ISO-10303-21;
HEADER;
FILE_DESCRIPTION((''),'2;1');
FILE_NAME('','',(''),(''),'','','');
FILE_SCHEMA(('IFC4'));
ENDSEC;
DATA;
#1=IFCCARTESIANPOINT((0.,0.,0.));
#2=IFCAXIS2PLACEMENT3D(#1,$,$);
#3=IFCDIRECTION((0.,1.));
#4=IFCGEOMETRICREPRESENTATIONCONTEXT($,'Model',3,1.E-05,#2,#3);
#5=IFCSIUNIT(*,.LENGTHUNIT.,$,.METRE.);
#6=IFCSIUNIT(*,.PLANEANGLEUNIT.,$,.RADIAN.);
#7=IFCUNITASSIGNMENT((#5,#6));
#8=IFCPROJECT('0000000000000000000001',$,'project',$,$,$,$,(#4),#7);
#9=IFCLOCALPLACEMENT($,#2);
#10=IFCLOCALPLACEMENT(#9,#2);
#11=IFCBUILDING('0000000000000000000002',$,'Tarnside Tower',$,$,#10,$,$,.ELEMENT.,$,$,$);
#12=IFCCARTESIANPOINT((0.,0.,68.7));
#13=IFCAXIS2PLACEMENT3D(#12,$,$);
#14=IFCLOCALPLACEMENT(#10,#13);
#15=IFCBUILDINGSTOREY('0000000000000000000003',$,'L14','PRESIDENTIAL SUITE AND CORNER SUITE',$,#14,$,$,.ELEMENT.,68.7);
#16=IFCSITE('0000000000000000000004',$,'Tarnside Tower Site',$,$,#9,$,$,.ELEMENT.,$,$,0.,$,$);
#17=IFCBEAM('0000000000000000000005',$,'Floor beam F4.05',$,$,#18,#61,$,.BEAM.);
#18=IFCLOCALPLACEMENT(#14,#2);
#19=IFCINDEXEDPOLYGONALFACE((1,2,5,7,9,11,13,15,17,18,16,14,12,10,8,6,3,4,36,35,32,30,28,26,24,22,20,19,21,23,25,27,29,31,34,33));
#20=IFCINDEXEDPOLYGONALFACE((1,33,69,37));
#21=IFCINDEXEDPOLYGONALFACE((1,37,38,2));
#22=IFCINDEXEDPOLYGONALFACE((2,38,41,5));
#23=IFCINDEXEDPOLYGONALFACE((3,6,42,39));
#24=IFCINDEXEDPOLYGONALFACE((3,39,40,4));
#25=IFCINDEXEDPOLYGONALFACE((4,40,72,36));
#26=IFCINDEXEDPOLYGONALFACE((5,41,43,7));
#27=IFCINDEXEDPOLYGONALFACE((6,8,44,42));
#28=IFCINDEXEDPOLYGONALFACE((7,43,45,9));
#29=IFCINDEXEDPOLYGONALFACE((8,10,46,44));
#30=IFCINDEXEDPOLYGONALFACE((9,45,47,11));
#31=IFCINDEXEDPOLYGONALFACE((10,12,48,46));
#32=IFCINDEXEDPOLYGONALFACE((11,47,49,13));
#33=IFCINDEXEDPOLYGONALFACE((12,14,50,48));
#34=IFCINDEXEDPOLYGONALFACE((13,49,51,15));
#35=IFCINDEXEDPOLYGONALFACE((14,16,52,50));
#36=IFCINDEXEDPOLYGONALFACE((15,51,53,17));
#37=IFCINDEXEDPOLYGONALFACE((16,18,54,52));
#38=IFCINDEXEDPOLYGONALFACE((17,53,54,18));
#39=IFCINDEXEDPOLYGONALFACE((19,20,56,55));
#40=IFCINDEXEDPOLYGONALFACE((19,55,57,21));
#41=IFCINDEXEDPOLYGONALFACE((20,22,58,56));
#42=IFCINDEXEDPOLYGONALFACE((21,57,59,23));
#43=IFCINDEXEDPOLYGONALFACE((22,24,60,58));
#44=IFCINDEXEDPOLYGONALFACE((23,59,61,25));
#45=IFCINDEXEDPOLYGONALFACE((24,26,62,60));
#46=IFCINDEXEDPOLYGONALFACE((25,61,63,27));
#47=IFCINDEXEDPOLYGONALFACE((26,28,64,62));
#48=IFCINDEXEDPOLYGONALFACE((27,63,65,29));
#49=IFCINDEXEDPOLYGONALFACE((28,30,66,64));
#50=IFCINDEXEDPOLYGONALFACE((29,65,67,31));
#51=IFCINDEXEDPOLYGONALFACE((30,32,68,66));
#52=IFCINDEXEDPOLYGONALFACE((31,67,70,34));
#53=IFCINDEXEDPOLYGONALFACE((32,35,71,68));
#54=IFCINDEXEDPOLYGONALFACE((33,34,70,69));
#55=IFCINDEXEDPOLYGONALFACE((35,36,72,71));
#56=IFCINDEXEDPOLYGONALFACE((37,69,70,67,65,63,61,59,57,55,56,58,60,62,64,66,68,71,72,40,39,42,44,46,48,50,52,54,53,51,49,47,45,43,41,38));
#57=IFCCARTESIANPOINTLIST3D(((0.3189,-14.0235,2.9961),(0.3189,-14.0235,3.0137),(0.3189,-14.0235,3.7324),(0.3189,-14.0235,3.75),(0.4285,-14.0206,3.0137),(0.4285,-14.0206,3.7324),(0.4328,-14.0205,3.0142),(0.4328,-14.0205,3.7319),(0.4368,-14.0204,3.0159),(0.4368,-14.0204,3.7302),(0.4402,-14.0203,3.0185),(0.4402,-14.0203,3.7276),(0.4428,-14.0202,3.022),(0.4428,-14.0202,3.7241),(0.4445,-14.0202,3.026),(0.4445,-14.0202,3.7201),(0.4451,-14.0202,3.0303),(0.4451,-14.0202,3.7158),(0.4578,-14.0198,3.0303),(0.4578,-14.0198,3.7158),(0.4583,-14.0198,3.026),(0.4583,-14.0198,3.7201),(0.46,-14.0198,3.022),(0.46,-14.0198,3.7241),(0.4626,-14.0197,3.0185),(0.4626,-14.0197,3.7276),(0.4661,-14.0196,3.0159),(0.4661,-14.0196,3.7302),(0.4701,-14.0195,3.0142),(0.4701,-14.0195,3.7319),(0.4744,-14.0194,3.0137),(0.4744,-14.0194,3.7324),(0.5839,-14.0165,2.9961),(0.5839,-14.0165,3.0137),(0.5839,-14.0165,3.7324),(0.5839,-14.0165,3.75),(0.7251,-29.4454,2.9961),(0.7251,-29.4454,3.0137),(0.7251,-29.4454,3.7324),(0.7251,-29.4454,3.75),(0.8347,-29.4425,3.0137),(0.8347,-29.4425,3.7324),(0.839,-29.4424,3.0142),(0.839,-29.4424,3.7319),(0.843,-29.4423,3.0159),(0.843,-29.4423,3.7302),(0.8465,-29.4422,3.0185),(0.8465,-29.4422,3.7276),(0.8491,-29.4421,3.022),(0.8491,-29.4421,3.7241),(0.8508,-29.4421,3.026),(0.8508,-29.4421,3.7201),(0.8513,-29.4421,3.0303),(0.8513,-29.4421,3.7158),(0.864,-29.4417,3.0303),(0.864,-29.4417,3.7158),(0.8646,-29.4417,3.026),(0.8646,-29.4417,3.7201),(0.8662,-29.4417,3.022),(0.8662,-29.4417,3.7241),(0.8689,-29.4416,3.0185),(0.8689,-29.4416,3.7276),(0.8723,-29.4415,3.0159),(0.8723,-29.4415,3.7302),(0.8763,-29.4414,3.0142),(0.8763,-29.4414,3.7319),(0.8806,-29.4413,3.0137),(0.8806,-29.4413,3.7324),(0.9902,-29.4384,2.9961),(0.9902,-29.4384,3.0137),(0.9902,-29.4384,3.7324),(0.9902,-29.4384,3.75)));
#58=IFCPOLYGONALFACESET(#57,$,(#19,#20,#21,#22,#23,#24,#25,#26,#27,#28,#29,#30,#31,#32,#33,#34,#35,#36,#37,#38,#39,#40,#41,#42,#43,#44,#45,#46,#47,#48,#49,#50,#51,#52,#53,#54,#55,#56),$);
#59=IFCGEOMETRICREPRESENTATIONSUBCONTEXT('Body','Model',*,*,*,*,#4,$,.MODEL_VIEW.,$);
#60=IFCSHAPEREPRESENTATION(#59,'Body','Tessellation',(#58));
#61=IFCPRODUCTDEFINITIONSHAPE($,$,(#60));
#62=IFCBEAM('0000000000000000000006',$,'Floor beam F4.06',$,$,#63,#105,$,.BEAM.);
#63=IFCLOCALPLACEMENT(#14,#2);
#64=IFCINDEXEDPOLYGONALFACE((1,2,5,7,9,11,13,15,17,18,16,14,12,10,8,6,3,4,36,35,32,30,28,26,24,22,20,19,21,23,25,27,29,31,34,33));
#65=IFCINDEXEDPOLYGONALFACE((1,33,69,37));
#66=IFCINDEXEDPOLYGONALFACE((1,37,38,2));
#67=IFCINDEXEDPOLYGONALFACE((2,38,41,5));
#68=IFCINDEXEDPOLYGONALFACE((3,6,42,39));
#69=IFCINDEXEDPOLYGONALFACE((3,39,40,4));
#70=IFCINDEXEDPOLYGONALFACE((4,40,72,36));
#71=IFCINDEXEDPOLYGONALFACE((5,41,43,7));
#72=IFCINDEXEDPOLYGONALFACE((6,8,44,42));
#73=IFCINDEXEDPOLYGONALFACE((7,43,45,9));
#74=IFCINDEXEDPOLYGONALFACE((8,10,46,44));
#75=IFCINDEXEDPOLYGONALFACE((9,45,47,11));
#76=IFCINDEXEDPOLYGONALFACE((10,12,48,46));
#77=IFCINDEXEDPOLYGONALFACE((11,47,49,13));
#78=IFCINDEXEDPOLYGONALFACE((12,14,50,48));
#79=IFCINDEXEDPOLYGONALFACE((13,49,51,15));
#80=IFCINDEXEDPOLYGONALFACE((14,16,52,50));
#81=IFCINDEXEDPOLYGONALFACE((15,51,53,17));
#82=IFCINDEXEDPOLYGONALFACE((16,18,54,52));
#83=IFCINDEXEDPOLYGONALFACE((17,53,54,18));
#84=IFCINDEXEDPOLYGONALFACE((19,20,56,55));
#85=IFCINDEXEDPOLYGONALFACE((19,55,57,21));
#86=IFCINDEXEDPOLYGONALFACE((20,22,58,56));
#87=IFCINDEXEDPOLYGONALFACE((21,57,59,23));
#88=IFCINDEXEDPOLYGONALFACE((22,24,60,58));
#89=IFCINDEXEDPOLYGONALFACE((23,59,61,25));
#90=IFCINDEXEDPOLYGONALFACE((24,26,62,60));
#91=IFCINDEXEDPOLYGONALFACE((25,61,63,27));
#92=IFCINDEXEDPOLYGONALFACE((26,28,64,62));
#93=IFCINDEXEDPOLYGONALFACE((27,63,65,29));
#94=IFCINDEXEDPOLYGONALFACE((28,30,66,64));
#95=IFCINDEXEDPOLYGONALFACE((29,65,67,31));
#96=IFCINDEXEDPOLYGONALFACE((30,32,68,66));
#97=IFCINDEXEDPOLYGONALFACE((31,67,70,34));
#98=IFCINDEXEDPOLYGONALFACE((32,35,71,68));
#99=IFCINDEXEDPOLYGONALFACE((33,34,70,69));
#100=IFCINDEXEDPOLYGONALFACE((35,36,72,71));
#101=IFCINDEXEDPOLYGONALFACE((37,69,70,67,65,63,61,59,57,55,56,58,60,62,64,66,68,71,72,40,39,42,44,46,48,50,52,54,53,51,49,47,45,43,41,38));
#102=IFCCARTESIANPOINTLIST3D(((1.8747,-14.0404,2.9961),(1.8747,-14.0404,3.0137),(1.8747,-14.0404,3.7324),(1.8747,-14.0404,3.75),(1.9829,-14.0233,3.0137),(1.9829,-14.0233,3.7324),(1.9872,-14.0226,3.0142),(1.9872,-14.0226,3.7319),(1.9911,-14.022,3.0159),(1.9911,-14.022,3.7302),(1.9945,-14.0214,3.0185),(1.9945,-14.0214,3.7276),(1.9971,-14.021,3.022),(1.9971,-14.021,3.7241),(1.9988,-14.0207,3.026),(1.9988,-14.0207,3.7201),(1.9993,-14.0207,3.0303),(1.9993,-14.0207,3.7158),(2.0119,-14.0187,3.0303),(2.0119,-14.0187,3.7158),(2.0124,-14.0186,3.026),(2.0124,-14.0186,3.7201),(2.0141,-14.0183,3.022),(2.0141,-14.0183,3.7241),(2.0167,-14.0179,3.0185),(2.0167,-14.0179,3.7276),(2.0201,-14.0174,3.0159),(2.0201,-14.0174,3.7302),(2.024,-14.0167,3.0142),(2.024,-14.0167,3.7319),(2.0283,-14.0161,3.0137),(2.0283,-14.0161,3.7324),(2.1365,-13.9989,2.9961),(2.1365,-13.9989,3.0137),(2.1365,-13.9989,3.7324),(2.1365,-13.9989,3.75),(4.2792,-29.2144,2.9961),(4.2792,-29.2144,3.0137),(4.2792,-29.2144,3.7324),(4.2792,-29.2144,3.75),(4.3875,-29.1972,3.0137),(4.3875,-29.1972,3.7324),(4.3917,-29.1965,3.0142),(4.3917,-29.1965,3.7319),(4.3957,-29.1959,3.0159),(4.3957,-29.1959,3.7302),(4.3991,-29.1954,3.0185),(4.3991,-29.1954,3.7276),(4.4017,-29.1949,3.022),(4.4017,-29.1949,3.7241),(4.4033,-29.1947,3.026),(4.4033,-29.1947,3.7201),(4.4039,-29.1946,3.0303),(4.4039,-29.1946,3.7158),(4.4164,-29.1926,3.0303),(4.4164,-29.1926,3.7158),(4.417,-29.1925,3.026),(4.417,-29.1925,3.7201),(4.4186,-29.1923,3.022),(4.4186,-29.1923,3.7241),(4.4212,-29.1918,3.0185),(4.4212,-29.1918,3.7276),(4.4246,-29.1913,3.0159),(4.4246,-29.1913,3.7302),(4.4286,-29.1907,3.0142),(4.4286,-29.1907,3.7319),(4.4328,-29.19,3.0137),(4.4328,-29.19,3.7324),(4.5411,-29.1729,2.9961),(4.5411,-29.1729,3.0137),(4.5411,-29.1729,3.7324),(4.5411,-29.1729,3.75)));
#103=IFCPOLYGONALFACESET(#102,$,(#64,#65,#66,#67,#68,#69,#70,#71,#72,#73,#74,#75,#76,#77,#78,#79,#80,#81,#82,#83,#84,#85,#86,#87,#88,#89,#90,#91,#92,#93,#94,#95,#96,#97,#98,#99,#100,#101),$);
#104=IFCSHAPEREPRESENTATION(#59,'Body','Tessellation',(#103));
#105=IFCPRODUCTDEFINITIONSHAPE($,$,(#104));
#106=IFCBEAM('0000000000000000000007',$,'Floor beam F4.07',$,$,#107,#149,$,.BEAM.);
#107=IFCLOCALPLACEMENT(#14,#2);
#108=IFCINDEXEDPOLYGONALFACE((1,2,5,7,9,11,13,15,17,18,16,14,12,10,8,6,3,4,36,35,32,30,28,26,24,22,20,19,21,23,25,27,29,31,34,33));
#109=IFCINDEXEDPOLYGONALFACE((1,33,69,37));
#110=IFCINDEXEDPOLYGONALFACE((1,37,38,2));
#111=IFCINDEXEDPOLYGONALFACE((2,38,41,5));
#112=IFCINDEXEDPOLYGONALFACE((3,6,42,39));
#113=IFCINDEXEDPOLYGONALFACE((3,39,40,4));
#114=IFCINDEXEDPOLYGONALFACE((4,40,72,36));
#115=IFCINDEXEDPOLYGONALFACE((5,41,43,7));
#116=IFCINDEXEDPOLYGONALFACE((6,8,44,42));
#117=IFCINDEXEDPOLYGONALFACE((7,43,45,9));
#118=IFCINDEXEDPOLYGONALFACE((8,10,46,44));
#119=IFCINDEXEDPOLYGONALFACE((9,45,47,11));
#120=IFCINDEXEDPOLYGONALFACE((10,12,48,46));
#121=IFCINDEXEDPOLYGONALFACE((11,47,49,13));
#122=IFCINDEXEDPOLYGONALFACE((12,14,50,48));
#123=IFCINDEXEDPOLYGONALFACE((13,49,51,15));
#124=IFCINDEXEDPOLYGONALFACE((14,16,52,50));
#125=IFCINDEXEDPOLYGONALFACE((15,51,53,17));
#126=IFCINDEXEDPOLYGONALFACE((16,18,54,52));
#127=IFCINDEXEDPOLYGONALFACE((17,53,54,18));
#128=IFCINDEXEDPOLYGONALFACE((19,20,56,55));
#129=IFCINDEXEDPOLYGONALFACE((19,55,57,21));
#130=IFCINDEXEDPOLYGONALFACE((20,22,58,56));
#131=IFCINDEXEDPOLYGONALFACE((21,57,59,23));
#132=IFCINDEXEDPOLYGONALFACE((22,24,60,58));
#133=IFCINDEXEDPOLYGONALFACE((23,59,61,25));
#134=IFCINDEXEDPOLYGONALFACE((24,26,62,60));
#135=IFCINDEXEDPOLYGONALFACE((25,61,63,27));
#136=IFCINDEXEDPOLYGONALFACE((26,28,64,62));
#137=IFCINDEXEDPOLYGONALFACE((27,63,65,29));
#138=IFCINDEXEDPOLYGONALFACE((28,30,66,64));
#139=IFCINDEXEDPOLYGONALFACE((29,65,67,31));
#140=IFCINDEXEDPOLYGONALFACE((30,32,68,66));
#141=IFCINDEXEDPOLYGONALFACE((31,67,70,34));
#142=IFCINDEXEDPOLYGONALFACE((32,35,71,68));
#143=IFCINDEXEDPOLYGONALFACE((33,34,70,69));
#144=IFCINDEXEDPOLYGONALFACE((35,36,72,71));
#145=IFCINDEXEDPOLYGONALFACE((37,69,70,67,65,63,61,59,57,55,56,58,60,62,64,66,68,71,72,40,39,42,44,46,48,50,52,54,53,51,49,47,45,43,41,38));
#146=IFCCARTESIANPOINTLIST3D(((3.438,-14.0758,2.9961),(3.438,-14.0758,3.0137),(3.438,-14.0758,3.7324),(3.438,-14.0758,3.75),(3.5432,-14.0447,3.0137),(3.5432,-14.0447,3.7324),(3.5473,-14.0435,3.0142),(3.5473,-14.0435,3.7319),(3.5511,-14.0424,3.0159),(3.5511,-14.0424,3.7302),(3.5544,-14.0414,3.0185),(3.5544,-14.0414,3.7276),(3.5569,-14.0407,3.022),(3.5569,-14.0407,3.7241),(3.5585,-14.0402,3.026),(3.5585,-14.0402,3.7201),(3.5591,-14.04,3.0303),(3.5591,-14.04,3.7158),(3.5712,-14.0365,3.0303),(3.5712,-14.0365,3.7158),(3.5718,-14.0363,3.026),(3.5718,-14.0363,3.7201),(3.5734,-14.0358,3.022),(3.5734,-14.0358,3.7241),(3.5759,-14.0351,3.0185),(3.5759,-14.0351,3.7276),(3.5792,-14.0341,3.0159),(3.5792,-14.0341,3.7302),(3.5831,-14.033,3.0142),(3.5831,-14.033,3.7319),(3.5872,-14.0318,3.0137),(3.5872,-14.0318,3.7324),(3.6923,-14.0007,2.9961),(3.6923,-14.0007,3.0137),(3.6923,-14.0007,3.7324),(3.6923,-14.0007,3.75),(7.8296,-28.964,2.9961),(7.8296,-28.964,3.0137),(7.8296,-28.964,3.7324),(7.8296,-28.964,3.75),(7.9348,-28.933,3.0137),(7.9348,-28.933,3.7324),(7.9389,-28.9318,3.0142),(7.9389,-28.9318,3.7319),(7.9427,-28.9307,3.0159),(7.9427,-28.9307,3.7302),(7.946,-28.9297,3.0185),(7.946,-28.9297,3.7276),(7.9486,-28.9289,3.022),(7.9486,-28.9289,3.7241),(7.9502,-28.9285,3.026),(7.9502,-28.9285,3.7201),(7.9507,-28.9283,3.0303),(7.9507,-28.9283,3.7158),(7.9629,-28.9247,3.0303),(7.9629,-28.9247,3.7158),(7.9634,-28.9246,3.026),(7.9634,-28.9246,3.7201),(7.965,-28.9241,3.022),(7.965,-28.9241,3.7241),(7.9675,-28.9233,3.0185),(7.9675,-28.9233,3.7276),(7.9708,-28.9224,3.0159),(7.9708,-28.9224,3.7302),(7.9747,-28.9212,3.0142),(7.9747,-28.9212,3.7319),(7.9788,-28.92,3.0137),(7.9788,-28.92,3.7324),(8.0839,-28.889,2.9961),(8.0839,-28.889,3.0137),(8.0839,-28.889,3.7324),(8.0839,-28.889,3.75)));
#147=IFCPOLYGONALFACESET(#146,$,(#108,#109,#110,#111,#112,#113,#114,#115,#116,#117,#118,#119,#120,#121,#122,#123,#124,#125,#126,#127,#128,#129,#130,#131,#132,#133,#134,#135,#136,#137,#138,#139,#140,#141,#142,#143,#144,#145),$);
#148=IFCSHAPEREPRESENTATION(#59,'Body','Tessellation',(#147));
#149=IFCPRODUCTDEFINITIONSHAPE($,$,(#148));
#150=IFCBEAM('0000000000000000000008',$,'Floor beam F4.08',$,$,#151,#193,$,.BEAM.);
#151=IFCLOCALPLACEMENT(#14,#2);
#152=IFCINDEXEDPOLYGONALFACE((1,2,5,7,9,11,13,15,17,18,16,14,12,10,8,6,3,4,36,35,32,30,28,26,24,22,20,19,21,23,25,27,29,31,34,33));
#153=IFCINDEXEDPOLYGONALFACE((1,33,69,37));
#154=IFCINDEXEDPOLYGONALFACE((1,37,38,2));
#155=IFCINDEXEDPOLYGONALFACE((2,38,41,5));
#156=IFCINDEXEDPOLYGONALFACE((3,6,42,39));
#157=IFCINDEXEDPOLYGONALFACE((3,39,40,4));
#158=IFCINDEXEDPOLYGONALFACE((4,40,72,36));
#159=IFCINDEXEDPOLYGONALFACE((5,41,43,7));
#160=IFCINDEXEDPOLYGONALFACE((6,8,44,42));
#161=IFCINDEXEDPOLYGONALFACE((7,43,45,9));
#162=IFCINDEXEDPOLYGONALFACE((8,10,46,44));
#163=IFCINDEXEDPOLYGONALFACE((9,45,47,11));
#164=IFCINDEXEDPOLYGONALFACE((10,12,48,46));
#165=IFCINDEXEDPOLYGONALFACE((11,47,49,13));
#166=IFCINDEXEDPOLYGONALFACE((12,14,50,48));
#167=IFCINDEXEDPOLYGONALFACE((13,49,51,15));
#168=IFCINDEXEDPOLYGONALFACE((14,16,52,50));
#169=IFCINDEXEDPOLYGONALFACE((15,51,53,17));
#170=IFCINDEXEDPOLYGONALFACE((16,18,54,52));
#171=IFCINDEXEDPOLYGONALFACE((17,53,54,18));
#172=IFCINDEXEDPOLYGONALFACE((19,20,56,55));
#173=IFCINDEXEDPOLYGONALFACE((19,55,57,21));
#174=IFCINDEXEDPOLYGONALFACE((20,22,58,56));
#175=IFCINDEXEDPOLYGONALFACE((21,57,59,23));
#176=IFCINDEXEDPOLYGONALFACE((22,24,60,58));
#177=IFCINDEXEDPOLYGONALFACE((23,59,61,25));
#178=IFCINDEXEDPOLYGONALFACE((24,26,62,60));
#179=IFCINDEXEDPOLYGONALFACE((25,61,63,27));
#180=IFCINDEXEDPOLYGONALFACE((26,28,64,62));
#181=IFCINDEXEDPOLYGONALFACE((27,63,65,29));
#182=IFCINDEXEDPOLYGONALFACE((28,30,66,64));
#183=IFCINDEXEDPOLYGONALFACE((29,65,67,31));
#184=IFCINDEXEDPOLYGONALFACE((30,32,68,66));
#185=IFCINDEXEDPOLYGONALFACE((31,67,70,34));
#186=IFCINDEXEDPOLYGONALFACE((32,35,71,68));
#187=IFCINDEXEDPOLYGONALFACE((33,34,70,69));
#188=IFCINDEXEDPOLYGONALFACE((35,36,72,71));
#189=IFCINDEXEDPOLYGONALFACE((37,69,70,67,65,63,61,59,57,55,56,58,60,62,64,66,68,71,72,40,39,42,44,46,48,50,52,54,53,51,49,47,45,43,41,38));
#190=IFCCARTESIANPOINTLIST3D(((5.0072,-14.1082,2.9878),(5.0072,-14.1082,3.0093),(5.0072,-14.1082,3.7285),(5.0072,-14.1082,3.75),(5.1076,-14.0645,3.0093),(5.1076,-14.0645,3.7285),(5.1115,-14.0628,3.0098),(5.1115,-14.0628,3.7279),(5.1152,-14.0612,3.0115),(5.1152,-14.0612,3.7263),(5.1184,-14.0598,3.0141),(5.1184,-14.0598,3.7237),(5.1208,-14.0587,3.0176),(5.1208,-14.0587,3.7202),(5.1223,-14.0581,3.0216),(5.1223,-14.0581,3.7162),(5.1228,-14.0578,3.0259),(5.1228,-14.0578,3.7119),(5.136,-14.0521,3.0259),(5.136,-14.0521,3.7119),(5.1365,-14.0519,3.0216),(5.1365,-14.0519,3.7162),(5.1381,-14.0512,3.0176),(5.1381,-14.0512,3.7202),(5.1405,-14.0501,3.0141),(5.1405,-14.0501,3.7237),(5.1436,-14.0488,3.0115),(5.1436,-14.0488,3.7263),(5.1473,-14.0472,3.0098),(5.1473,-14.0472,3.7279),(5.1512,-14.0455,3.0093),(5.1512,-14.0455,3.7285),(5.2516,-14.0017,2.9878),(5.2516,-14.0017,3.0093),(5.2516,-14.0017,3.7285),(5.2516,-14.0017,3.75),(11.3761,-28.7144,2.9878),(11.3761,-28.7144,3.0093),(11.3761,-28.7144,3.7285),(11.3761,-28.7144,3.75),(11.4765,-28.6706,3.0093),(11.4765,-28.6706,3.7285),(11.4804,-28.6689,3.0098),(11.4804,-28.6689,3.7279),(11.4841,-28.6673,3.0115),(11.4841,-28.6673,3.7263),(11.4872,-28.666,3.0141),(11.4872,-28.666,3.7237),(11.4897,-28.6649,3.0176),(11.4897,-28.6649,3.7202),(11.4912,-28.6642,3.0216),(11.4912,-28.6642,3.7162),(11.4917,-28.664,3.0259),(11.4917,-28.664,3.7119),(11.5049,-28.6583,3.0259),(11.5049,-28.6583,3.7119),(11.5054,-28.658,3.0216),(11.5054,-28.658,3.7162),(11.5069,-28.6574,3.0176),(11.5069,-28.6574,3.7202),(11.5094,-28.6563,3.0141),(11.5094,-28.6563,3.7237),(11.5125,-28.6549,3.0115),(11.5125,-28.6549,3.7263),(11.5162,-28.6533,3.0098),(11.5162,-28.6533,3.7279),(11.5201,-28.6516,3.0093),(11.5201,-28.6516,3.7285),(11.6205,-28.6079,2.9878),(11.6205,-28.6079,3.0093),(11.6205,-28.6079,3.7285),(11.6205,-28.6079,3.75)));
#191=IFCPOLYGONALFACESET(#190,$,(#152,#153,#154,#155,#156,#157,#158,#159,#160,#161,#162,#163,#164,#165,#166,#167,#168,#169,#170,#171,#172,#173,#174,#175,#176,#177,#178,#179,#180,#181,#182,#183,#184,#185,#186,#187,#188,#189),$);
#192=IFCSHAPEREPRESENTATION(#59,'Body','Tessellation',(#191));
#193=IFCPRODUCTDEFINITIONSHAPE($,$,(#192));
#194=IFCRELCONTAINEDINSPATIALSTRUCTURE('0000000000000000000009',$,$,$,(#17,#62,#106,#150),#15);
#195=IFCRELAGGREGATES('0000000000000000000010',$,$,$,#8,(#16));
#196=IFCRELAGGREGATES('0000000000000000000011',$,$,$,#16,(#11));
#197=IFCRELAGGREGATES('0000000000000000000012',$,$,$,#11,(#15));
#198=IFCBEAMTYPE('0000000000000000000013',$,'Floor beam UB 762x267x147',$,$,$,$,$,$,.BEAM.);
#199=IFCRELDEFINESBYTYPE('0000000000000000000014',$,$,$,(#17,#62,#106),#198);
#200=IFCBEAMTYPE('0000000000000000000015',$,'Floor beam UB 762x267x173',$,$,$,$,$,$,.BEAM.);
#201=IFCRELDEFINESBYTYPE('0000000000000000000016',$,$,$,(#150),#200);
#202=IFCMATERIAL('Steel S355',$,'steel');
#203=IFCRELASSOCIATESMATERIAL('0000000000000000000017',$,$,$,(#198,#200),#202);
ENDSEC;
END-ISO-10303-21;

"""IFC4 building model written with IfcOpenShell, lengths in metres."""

from ifc_helpers import new_model, si_unit, direction, frame, origin, origin_2d, place, context, subcontext, project, spatial, i_section, extrude, material, material_profile, profile_set, type_object, element, save


model = new_model("IFC4")

# Units and contexts
model_context = context("Model", 3, precision=1e-05, world=origin(), true_north=direction((0.0, 1.0)))
body_context = subcontext(model_context, "Body", "Model", "MODEL_VIEW")
ifc_project = project(units=[si_unit("LENGTHUNIT", "METRE"), si_unit("PLANEANGLEUNIT", "RADIAN")], contexts=[model_context])

# Site, building, storey
site_placement = place(None, origin())
site = spatial("IfcSite", under=ifc_project, at=site_placement, Name="Tarnside Tower Site", CompositionType="ELEMENT", RefElevation=0.0)
building_placement = place(site_placement, origin())
building = spatial("IfcBuilding", under=site, at=building_placement, Name="Tarnside Tower", CompositionType="ELEMENT")
storey_placement = place(building_placement, frame((0.0, 0.0, 68.7)))
storey = spatial("IfcBuildingStorey", under=building, at=storey_placement, Name="L14", Description="PRESIDENTIAL SUITE AND CORNER SUITE", CompositionType="ELEMENT", Elevation=68.7)

# Beams
ifc_material_1 = material(Name="Steel S355", Category="steel")
ifc_material_profile_1 = material_profile(ifc_material_1, i_section(OverallWidth=0.2651, OverallDepth=0.7539, WebThickness=0.0127, FlangeThickness=0.0176, FilletRadius=0.0166, at=origin_2d()), Name="UB 762x267x147")
ifc_profile_set_1 = profile_set([ifc_material_profile_1], Name="Steel S355")
beam_type_1 = type_object("IfcBeamType", Name="Floor beam UB 762x267x147", PredefinedType="BEAM", material=ifc_profile_set_1)
beam_1_placement = place(storey_placement, frame((0.8577, -29.4419, 3.373), z_axis=(-0.026333, 0.999653, 0.0), x_axis=(-0.999653, -0.026333, 0.0)))
element("IfcBeam", 1, at=beam_1_placement, inside=storey, type_object=beam_type_1, Name="Floor beam F4.05", PredefinedType="BEAM", context=body_context, shape_type="SweptSolid", body=[
    extrude(i_section(OverallWidth=0.2651, OverallDepth=0.7539, WebThickness=0.0127, FlangeThickness=0.0176, FilletRadius=0.0166, at=origin_2d()), origin(), (0.0, 0.0, 1.0), 15.4272),
])
beam_2_placement = place(storey_placement, frame((4.4102, -29.1936, 3.373), z_axis=(-0.156513, 0.987676, 0.0), x_axis=(-0.987676, -0.156513, 0.0)))
element("IfcBeam", 2, at=beam_2_placement, inside=storey, type_object=beam_type_1, Name="Floor beam F4.06", PredefinedType="BEAM", context=body_context, shape_type="SweptSolid", body=[
    extrude(i_section(OverallWidth=0.2651, OverallDepth=0.7539, WebThickness=0.0127, FlangeThickness=0.0176, FilletRadius=0.0166, at=origin_2d()), origin(), (0.0, 0.0, 1.0), 15.3633),
])
beam_3_placement = place(storey_placement, frame((7.9568, -28.9265, 3.373), z_axis=(-0.282921, 0.959143, 0.0), x_axis=(-0.959143, -0.282921, 0.0)))
element("IfcBeam", 3, at=beam_3_placement, inside=storey, type_object=beam_type_1, Name="Floor beam F4.07", PredefinedType="BEAM", context=body_context, shape_type="SweptSolid", body=[
    extrude(i_section(OverallWidth=0.2651, OverallDepth=0.7539, WebThickness=0.0127, FlangeThickness=0.0176, FilletRadius=0.0166, at=origin_2d()), origin(), (0.0, 0.0, 1.0), 15.5225),
])
ifc_material_profile_2 = material_profile(ifc_material_1, i_section(OverallWidth=0.2666, OverallDepth=0.7622, WebThickness=0.0144, FlangeThickness=0.0215, FilletRadius=0.0166, at=origin_2d()), Name="UB 762x267x173")
ifc_profile_set_2 = profile_set([ifc_material_profile_2], Name="Steel S355")
beam_type_2 = type_object("IfcBeamType", Name="Floor beam UB 762x267x173", PredefinedType="BEAM", material=ifc_profile_set_2)
beam_4_placement = place(storey_placement, frame((11.4983, -28.6611, 3.3689), z_axis=(-0.399696, 0.916648, 0.0), x_axis=(-0.916648, -0.399696, 0.0)))
element("IfcBeam", 4, at=beam_4_placement, inside=storey, type_object=beam_type_2, Name="Floor beam F4.08", PredefinedType="BEAM", context=body_context, shape_type="SweptSolid", body=[
    extrude(i_section(OverallWidth=0.2666, OverallDepth=0.7622, WebThickness=0.0144, FlangeThickness=0.0215, FilletRadius=0.0166, at=origin_2d()), origin(), (0.0, 0.0, 1.0), 15.9343),
])

save(model, "model.ifc")
